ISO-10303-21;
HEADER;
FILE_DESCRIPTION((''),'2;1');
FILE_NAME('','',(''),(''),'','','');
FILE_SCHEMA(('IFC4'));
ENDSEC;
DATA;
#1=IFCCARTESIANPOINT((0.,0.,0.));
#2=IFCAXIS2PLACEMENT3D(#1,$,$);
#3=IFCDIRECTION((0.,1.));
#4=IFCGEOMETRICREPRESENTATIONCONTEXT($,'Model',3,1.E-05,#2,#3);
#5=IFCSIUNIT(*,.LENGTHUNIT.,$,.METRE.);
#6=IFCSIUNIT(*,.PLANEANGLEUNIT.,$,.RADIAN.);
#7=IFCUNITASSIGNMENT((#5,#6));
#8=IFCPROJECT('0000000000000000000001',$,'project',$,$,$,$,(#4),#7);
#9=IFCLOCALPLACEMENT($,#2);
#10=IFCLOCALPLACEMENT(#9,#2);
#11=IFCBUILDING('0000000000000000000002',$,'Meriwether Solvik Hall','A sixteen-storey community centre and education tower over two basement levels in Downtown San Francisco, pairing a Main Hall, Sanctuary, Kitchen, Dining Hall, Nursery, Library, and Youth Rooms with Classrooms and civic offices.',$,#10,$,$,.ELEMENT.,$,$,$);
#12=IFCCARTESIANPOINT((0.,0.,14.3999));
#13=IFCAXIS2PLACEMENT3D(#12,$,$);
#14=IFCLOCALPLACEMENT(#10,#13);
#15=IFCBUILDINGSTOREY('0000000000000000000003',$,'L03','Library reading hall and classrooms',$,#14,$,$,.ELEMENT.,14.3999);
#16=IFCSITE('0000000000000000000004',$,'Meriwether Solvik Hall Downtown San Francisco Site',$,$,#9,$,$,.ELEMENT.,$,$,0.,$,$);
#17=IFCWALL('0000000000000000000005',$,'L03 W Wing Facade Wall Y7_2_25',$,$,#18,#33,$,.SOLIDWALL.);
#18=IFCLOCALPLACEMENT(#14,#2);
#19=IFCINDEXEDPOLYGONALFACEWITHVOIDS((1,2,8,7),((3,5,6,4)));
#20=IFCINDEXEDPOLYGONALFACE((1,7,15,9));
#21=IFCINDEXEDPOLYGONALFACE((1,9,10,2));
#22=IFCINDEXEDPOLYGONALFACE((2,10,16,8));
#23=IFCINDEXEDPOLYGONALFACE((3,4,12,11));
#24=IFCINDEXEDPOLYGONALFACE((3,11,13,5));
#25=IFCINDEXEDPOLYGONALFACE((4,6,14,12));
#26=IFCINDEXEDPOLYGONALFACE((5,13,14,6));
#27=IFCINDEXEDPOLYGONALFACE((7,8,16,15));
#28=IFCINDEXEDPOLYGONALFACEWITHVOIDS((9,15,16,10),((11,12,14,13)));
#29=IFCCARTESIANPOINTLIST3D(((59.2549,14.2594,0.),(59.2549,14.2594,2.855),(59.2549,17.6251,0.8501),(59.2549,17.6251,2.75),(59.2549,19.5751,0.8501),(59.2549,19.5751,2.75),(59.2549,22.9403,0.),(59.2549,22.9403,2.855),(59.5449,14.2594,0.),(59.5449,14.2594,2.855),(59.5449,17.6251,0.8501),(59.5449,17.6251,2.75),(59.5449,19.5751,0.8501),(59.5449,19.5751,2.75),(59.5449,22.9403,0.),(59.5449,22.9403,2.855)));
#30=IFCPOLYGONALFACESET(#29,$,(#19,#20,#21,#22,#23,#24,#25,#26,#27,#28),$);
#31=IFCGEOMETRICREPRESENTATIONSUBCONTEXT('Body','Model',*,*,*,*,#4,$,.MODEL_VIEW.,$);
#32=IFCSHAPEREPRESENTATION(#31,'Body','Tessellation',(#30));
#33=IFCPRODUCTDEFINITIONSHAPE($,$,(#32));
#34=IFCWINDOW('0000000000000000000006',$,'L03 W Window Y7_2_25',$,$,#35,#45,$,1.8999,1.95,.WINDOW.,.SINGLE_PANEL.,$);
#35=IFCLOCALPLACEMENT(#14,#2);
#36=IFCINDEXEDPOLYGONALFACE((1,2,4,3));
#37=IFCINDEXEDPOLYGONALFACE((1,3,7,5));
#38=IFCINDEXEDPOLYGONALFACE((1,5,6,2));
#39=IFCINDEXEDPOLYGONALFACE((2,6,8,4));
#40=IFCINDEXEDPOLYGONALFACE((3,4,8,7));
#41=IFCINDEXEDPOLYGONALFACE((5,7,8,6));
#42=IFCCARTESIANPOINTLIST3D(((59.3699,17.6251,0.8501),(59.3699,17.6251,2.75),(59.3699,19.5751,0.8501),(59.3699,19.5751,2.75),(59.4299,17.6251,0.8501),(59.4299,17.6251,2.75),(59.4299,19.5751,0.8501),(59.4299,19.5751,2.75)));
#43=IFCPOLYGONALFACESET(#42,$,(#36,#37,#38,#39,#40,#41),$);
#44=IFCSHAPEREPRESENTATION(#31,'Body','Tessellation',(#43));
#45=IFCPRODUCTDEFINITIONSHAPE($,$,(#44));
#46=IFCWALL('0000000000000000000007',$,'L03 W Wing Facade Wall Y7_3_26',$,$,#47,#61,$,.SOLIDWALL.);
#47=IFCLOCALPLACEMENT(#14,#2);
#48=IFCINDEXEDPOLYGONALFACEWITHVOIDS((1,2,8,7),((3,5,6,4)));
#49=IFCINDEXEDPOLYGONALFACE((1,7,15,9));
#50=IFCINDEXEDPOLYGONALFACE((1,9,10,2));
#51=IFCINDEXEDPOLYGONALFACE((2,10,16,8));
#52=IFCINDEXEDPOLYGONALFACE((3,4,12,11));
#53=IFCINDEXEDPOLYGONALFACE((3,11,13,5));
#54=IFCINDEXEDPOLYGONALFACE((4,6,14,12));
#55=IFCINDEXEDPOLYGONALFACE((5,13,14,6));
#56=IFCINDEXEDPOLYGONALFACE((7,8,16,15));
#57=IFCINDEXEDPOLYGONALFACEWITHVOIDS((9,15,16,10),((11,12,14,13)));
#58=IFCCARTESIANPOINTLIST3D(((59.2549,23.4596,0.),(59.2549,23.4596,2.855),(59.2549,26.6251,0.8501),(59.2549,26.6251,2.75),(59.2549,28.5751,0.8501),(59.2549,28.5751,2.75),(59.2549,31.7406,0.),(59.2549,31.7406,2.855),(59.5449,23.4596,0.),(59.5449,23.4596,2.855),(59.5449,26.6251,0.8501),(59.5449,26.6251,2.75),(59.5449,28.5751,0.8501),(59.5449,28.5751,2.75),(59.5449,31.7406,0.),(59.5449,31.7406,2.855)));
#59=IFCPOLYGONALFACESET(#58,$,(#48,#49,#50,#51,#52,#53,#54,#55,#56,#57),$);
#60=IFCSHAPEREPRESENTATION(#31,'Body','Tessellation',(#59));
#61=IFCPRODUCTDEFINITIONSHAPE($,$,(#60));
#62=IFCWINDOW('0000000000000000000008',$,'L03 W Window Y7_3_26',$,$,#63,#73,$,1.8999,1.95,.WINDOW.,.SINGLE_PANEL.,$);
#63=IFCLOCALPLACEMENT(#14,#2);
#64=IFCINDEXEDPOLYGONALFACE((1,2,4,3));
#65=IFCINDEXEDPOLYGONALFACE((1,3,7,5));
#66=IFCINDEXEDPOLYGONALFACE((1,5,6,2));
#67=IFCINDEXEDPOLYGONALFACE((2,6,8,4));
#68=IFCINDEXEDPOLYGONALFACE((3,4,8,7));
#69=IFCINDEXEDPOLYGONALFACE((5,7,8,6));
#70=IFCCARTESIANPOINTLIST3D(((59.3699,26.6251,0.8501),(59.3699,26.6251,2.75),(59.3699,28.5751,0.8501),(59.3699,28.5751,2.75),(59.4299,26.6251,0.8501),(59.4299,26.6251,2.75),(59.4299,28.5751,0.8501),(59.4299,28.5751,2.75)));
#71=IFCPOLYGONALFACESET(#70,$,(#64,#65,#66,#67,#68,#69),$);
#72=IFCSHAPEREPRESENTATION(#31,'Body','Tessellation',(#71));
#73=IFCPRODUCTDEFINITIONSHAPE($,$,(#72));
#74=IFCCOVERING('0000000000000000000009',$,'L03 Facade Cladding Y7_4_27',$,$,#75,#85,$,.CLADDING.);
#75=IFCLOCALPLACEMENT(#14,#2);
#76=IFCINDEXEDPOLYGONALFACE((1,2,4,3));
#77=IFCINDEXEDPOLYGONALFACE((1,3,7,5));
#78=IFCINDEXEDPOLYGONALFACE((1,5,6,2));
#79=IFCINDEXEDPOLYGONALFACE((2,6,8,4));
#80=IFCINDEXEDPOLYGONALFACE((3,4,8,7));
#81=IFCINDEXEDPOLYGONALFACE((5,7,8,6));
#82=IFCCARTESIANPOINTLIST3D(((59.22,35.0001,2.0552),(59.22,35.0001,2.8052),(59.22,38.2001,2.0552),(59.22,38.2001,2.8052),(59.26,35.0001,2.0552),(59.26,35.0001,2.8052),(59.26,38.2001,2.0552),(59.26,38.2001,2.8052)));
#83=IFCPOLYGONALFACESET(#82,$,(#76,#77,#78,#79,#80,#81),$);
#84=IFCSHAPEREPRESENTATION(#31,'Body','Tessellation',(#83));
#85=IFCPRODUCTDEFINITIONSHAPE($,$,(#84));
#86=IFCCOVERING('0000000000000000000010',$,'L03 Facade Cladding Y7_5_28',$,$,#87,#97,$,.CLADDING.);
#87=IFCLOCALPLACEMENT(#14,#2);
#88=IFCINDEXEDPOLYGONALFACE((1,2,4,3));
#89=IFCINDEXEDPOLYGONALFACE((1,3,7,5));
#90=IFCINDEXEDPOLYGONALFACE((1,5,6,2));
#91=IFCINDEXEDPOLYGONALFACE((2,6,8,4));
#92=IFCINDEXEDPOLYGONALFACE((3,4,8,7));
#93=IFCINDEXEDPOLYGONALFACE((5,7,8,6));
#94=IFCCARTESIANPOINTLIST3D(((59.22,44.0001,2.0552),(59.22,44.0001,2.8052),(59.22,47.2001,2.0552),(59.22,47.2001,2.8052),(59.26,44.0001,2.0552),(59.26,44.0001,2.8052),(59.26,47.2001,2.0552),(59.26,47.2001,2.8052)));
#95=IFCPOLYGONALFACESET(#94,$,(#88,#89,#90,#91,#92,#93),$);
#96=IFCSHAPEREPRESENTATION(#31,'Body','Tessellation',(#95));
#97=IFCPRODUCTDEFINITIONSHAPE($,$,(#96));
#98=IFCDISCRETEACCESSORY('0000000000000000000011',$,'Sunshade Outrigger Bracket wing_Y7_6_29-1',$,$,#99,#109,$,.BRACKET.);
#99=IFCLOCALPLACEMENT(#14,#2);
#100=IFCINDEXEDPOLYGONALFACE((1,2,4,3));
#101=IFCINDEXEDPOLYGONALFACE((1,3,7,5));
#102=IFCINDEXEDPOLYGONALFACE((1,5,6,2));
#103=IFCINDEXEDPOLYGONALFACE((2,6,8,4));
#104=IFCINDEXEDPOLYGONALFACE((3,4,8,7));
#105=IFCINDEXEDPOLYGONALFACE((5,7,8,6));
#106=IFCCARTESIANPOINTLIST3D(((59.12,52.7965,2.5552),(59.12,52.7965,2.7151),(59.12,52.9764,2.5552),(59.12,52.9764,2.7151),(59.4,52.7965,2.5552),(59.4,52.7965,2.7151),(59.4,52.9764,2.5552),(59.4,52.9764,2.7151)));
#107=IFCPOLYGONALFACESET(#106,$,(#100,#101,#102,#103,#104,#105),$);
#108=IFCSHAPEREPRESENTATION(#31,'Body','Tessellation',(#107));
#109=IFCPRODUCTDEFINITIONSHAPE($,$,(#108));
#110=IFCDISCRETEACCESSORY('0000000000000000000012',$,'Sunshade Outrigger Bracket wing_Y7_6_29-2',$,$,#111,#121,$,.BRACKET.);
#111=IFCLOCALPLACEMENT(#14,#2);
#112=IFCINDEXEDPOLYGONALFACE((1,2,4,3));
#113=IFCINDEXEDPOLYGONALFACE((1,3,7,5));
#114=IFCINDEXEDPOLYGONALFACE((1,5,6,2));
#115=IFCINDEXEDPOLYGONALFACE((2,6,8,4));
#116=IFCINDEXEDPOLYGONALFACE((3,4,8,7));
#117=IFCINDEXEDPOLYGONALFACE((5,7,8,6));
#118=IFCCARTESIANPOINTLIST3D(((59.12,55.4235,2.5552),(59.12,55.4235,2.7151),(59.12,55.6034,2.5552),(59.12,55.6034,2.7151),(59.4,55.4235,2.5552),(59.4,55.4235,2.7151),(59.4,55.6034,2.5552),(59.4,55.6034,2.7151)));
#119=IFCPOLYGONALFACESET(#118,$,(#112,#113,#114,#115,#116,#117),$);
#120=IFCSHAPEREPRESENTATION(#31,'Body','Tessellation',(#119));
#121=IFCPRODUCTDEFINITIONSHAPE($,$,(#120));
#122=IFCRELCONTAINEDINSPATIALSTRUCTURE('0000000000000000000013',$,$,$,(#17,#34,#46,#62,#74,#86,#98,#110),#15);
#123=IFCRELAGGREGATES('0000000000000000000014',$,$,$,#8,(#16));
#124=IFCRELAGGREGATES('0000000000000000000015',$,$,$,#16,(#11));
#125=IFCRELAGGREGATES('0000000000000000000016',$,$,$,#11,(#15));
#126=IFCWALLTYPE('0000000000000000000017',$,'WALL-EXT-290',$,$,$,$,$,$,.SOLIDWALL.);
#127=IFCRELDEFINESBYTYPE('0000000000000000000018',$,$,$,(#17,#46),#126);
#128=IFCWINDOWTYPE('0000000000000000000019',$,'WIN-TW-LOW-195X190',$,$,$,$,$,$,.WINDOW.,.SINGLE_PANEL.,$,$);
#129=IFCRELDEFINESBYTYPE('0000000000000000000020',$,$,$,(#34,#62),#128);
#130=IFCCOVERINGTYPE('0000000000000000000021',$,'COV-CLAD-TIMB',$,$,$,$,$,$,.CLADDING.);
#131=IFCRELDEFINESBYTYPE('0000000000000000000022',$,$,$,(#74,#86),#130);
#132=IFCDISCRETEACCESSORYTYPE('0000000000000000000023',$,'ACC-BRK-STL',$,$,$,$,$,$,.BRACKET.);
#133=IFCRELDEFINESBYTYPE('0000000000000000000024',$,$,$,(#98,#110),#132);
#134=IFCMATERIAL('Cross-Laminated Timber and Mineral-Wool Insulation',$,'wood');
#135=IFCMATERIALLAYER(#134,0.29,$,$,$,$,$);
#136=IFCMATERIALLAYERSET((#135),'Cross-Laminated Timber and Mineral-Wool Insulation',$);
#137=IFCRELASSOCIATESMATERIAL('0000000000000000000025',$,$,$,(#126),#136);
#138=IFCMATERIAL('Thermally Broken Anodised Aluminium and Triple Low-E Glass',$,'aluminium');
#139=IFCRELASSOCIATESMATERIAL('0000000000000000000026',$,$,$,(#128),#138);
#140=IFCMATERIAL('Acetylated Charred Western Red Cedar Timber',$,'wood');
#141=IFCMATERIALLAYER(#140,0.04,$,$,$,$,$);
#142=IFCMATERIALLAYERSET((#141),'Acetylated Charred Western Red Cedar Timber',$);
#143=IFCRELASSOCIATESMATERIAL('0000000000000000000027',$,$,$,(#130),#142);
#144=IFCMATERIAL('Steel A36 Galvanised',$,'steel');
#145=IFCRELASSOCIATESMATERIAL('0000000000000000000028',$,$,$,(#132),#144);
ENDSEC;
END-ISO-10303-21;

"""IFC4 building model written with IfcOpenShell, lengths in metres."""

from ifc_helpers import new_model, si_unit, direction, frame, frame_2d, origin, origin_2d, place, context, subcontext, project, spatial, rectangle, extrude, material, layer, layer_set, type_object, element, fill, save


model = new_model("IFC4")

# Units and contexts
model_context = context("Model", 3, precision=1e-05, world=origin(), true_north=direction((0.0, 1.0)))
body_context = subcontext(model_context, "Body", "Model", "MODEL_VIEW")
ifc_project = project(units=[si_unit("LENGTHUNIT", "METRE"), si_unit("PLANEANGLEUNIT", "RADIAN")], contexts=[model_context])

# Site, building, storey
site_placement = place(None, origin())
site = spatial("IfcSite", under=ifc_project, at=site_placement, Name="Meriwether Solvik Hall Downtown San Francisco Site", CompositionType="ELEMENT", RefElevation=0.0)
building_placement = place(site_placement, origin())
building = spatial("IfcBuilding", under=site, at=building_placement, Name="Meriwether Solvik Hall", Description="A sixteen-storey community centre and education tower over two basement levels in Downtown San Francisco, pairing a Main Hall, Sanctuary, Kitchen, Dining Hall, Nursery, Library, and Youth Rooms with Classrooms and civic offices.", CompositionType="ELEMENT")
storey_placement = place(building_placement, frame((0.0, 0.0, 14.3999)))
storey = spatial("IfcBuildingStorey", under=building, at=storey_placement, Name="L03", Description="Library reading hall and classrooms", CompositionType="ELEMENT", Elevation=14.3999)

# Walls, openings, windows
ifc_material_1 = material(Name="Cross-Laminated Timber and Mineral-Wool Insulation", Category="wood")
ifc_layer_1 = layer(ifc_material_1, 0.29)
ifc_layer_set_1 = layer_set([ifc_layer_1], Name="Cross-Laminated Timber and Mineral-Wool Insulation")
wall_type = type_object("IfcWallType", Name="WALL-EXT-290", PredefinedType="SOLIDWALL", material=ifc_layer_set_1)
ifc_material_2 = material(Name="Thermally Broken Anodised Aluminium and Triple Low-E Glass", Category="aluminium")
window_type = type_object("IfcWindowType", Name="WIN-TW-LOW-195X190", PartitioningType="SINGLE_PANEL", PredefinedType="WINDOW", material=ifc_material_2)
wall_1_placement = place(storey_placement, frame((59.3999, 14.2595, 0.0), z_axis=(0.0, 0.0, 1.0), x_axis=(0.0, 1.0, 0.0)))
wall_1 = element("IfcWall", 1, at=wall_1_placement, inside=storey, type_object=wall_type, Name="L03 W Wing Facade Wall Y7_2_25", PredefinedType="SOLIDWALL", context=body_context, shape_type="SweptSolid", body=[
    extrude(rectangle(XDim=8.6809, YDim=0.29, at=frame_2d((4.3403, 0.0))), origin(), (0.0, 0.0, 1.0), 2.855),
])
opening_1_placement = place(wall_1_placement, frame((3.3655, 0.0, 0.8501)))
opening_1 = element("IfcOpeningElement", 2, at=opening_1_placement, cuts=wall_1, PredefinedType="OPENING", context=body_context, shape_type="SweptSolid", body=[
    extrude(rectangle(XDim=1.95, YDim=1.8999, at=frame_2d((0.9751, 0.95))), frame((0.0, 0.157, 0.0), z_axis=(0.0, -1.0, 0.0), x_axis=(1.0, 0.0, 0.0)), (0.0, 0.0, 1.0), 0.314),
])
window_1_placement = place(opening_1_placement, origin())
window_1 = element("IfcWindow", 3, at=window_1_placement, inside=storey, type_object=window_type, Name="L03 W Window Y7_2_25", OverallHeight=1.8999, OverallWidth=1.95, PartitioningType="SINGLE_PANEL", PredefinedType="WINDOW", context=body_context, shape_type="SweptSolid", body=[
    extrude(rectangle(XDim=1.95, YDim=1.8999, at=frame_2d((0.9751, 0.95))), frame((0.0, 0.03, 0.0), z_axis=(0.0, -1.0, 0.0), x_axis=(1.0, 0.0, 0.0)), (0.0, 0.0, 1.0), 0.0601),
])
fill(opening_1, window_1)
wall_2_placement = place(storey_placement, frame((59.3999, 23.4595, 0.0), z_axis=(0.0, 0.0, 1.0), x_axis=(0.0, 1.0, 0.0)))
wall_2 = element("IfcWall", 4, at=wall_2_placement, inside=storey, type_object=wall_type, Name="L03 W Wing Facade Wall Y7_3_26", PredefinedType="SOLIDWALL", context=body_context, shape_type="SweptSolid", body=[
    extrude(rectangle(XDim=8.281, YDim=0.29, at=frame_2d((4.1406, 0.0))), origin(), (0.0, 0.0, 1.0), 2.855),
])
opening_2_placement = place(wall_2_placement, frame((3.1655, 0.0, 0.8501)))
opening_2 = element("IfcOpeningElement", 5, at=opening_2_placement, cuts=wall_2, PredefinedType="OPENING", context=body_context, shape_type="SweptSolid", body=[
    extrude(rectangle(XDim=1.95, YDim=1.8999, at=frame_2d((0.9751, 0.95))), frame((0.0, 0.157, 0.0), z_axis=(0.0, -1.0, 0.0), x_axis=(1.0, 0.0, 0.0)), (0.0, 0.0, 1.0), 0.314),
])
window_2_placement = place(opening_2_placement, origin())
window_2 = element("IfcWindow", 6, at=window_2_placement, inside=storey, type_object=window_type, Name="L03 W Window Y7_3_26", OverallHeight=1.8999, OverallWidth=1.95, PartitioningType="SINGLE_PANEL", PredefinedType="WINDOW", context=body_context, shape_type="SweptSolid", body=[
    extrude(rectangle(XDim=1.95, YDim=1.8999, at=frame_2d((0.9751, 0.95))), frame((0.0, 0.03, 0.0), z_axis=(0.0, -1.0, 0.0), x_axis=(1.0, 0.0, 0.0)), (0.0, 0.0, 1.0), 0.0601),
])
fill(opening_2, window_2)

# Coverings
ifc_material_3 = material(Name="Acetylated Charred Western Red Cedar Timber", Category="wood")
ifc_layer_2 = layer(ifc_material_3, 0.04)
ifc_layer_set_2 = layer_set([ifc_layer_2], Name="Acetylated Charred Western Red Cedar Timber")
covering_type = type_object("IfcCoveringType", Name="COV-CLAD-TIMB", PredefinedType="CLADDING", material=ifc_layer_set_2)
for number, where, z_axis, x_axis, name in (
    (7, (59.24, 36.6001, 2.0552), (0.0, 0.0, 1.0), (0.0, 1.0, 0.0), "L03 Facade Cladding Y7_4_27"),
    (8, (59.24, 45.6001, 2.0552), (0.0, 0.0, 1.0), (0.0, 1.0, 0.0), "L03 Facade Cladding Y7_5_28"),
):
    element("IfcCovering", number, at=place(storey_placement, frame(where, z_axis=z_axis, x_axis=x_axis)), inside=storey, type_object=covering_type, Name=name, PredefinedType="CLADDING", context=body_context, shape_type="SweptSolid", body=[
        extrude(rectangle(XDim=3.2, YDim=0.04, at=origin_2d()), origin(), (0.0, 0.0, 1.0), 0.75),
    ])

# Discrete accessories
ifc_material_4 = material(Name="Steel A36 Galvanised", Category="steel")
discrete_accessory_type = type_object("IfcDiscreteAccessoryType", Name="ACC-BRK-STL", PredefinedType="BRACKET", material=ifc_material_4)
for number, where, z_axis, x_axis, name in (
    (9, (59.26, 52.8865, 2.5552), (0.0, 0.0, 1.0), (0.0, 1.0, 0.0), "Sunshade Outrigger Bracket wing_Y7_6_29-1"),
    (10, (59.26, 55.5134, 2.5552), (0.0, 0.0, 1.0), (0.0, 1.0, 0.0), "Sunshade Outrigger Bracket wing_Y7_6_29-2"),
):
    element("IfcDiscreteAccessory", number, at=place(storey_placement, frame(where, z_axis=z_axis, x_axis=x_axis)), inside=storey, type_object=discrete_accessory_type, Name=name, PredefinedType="BRACKET", context=body_context, shape_type="SweptSolid", body=[
        extrude(rectangle(XDim=0.1799, YDim=0.28, at=origin_2d()), origin(), (0.0, 0.0, 1.0), 0.1599),
    ])

save(model, "model.ifc")
